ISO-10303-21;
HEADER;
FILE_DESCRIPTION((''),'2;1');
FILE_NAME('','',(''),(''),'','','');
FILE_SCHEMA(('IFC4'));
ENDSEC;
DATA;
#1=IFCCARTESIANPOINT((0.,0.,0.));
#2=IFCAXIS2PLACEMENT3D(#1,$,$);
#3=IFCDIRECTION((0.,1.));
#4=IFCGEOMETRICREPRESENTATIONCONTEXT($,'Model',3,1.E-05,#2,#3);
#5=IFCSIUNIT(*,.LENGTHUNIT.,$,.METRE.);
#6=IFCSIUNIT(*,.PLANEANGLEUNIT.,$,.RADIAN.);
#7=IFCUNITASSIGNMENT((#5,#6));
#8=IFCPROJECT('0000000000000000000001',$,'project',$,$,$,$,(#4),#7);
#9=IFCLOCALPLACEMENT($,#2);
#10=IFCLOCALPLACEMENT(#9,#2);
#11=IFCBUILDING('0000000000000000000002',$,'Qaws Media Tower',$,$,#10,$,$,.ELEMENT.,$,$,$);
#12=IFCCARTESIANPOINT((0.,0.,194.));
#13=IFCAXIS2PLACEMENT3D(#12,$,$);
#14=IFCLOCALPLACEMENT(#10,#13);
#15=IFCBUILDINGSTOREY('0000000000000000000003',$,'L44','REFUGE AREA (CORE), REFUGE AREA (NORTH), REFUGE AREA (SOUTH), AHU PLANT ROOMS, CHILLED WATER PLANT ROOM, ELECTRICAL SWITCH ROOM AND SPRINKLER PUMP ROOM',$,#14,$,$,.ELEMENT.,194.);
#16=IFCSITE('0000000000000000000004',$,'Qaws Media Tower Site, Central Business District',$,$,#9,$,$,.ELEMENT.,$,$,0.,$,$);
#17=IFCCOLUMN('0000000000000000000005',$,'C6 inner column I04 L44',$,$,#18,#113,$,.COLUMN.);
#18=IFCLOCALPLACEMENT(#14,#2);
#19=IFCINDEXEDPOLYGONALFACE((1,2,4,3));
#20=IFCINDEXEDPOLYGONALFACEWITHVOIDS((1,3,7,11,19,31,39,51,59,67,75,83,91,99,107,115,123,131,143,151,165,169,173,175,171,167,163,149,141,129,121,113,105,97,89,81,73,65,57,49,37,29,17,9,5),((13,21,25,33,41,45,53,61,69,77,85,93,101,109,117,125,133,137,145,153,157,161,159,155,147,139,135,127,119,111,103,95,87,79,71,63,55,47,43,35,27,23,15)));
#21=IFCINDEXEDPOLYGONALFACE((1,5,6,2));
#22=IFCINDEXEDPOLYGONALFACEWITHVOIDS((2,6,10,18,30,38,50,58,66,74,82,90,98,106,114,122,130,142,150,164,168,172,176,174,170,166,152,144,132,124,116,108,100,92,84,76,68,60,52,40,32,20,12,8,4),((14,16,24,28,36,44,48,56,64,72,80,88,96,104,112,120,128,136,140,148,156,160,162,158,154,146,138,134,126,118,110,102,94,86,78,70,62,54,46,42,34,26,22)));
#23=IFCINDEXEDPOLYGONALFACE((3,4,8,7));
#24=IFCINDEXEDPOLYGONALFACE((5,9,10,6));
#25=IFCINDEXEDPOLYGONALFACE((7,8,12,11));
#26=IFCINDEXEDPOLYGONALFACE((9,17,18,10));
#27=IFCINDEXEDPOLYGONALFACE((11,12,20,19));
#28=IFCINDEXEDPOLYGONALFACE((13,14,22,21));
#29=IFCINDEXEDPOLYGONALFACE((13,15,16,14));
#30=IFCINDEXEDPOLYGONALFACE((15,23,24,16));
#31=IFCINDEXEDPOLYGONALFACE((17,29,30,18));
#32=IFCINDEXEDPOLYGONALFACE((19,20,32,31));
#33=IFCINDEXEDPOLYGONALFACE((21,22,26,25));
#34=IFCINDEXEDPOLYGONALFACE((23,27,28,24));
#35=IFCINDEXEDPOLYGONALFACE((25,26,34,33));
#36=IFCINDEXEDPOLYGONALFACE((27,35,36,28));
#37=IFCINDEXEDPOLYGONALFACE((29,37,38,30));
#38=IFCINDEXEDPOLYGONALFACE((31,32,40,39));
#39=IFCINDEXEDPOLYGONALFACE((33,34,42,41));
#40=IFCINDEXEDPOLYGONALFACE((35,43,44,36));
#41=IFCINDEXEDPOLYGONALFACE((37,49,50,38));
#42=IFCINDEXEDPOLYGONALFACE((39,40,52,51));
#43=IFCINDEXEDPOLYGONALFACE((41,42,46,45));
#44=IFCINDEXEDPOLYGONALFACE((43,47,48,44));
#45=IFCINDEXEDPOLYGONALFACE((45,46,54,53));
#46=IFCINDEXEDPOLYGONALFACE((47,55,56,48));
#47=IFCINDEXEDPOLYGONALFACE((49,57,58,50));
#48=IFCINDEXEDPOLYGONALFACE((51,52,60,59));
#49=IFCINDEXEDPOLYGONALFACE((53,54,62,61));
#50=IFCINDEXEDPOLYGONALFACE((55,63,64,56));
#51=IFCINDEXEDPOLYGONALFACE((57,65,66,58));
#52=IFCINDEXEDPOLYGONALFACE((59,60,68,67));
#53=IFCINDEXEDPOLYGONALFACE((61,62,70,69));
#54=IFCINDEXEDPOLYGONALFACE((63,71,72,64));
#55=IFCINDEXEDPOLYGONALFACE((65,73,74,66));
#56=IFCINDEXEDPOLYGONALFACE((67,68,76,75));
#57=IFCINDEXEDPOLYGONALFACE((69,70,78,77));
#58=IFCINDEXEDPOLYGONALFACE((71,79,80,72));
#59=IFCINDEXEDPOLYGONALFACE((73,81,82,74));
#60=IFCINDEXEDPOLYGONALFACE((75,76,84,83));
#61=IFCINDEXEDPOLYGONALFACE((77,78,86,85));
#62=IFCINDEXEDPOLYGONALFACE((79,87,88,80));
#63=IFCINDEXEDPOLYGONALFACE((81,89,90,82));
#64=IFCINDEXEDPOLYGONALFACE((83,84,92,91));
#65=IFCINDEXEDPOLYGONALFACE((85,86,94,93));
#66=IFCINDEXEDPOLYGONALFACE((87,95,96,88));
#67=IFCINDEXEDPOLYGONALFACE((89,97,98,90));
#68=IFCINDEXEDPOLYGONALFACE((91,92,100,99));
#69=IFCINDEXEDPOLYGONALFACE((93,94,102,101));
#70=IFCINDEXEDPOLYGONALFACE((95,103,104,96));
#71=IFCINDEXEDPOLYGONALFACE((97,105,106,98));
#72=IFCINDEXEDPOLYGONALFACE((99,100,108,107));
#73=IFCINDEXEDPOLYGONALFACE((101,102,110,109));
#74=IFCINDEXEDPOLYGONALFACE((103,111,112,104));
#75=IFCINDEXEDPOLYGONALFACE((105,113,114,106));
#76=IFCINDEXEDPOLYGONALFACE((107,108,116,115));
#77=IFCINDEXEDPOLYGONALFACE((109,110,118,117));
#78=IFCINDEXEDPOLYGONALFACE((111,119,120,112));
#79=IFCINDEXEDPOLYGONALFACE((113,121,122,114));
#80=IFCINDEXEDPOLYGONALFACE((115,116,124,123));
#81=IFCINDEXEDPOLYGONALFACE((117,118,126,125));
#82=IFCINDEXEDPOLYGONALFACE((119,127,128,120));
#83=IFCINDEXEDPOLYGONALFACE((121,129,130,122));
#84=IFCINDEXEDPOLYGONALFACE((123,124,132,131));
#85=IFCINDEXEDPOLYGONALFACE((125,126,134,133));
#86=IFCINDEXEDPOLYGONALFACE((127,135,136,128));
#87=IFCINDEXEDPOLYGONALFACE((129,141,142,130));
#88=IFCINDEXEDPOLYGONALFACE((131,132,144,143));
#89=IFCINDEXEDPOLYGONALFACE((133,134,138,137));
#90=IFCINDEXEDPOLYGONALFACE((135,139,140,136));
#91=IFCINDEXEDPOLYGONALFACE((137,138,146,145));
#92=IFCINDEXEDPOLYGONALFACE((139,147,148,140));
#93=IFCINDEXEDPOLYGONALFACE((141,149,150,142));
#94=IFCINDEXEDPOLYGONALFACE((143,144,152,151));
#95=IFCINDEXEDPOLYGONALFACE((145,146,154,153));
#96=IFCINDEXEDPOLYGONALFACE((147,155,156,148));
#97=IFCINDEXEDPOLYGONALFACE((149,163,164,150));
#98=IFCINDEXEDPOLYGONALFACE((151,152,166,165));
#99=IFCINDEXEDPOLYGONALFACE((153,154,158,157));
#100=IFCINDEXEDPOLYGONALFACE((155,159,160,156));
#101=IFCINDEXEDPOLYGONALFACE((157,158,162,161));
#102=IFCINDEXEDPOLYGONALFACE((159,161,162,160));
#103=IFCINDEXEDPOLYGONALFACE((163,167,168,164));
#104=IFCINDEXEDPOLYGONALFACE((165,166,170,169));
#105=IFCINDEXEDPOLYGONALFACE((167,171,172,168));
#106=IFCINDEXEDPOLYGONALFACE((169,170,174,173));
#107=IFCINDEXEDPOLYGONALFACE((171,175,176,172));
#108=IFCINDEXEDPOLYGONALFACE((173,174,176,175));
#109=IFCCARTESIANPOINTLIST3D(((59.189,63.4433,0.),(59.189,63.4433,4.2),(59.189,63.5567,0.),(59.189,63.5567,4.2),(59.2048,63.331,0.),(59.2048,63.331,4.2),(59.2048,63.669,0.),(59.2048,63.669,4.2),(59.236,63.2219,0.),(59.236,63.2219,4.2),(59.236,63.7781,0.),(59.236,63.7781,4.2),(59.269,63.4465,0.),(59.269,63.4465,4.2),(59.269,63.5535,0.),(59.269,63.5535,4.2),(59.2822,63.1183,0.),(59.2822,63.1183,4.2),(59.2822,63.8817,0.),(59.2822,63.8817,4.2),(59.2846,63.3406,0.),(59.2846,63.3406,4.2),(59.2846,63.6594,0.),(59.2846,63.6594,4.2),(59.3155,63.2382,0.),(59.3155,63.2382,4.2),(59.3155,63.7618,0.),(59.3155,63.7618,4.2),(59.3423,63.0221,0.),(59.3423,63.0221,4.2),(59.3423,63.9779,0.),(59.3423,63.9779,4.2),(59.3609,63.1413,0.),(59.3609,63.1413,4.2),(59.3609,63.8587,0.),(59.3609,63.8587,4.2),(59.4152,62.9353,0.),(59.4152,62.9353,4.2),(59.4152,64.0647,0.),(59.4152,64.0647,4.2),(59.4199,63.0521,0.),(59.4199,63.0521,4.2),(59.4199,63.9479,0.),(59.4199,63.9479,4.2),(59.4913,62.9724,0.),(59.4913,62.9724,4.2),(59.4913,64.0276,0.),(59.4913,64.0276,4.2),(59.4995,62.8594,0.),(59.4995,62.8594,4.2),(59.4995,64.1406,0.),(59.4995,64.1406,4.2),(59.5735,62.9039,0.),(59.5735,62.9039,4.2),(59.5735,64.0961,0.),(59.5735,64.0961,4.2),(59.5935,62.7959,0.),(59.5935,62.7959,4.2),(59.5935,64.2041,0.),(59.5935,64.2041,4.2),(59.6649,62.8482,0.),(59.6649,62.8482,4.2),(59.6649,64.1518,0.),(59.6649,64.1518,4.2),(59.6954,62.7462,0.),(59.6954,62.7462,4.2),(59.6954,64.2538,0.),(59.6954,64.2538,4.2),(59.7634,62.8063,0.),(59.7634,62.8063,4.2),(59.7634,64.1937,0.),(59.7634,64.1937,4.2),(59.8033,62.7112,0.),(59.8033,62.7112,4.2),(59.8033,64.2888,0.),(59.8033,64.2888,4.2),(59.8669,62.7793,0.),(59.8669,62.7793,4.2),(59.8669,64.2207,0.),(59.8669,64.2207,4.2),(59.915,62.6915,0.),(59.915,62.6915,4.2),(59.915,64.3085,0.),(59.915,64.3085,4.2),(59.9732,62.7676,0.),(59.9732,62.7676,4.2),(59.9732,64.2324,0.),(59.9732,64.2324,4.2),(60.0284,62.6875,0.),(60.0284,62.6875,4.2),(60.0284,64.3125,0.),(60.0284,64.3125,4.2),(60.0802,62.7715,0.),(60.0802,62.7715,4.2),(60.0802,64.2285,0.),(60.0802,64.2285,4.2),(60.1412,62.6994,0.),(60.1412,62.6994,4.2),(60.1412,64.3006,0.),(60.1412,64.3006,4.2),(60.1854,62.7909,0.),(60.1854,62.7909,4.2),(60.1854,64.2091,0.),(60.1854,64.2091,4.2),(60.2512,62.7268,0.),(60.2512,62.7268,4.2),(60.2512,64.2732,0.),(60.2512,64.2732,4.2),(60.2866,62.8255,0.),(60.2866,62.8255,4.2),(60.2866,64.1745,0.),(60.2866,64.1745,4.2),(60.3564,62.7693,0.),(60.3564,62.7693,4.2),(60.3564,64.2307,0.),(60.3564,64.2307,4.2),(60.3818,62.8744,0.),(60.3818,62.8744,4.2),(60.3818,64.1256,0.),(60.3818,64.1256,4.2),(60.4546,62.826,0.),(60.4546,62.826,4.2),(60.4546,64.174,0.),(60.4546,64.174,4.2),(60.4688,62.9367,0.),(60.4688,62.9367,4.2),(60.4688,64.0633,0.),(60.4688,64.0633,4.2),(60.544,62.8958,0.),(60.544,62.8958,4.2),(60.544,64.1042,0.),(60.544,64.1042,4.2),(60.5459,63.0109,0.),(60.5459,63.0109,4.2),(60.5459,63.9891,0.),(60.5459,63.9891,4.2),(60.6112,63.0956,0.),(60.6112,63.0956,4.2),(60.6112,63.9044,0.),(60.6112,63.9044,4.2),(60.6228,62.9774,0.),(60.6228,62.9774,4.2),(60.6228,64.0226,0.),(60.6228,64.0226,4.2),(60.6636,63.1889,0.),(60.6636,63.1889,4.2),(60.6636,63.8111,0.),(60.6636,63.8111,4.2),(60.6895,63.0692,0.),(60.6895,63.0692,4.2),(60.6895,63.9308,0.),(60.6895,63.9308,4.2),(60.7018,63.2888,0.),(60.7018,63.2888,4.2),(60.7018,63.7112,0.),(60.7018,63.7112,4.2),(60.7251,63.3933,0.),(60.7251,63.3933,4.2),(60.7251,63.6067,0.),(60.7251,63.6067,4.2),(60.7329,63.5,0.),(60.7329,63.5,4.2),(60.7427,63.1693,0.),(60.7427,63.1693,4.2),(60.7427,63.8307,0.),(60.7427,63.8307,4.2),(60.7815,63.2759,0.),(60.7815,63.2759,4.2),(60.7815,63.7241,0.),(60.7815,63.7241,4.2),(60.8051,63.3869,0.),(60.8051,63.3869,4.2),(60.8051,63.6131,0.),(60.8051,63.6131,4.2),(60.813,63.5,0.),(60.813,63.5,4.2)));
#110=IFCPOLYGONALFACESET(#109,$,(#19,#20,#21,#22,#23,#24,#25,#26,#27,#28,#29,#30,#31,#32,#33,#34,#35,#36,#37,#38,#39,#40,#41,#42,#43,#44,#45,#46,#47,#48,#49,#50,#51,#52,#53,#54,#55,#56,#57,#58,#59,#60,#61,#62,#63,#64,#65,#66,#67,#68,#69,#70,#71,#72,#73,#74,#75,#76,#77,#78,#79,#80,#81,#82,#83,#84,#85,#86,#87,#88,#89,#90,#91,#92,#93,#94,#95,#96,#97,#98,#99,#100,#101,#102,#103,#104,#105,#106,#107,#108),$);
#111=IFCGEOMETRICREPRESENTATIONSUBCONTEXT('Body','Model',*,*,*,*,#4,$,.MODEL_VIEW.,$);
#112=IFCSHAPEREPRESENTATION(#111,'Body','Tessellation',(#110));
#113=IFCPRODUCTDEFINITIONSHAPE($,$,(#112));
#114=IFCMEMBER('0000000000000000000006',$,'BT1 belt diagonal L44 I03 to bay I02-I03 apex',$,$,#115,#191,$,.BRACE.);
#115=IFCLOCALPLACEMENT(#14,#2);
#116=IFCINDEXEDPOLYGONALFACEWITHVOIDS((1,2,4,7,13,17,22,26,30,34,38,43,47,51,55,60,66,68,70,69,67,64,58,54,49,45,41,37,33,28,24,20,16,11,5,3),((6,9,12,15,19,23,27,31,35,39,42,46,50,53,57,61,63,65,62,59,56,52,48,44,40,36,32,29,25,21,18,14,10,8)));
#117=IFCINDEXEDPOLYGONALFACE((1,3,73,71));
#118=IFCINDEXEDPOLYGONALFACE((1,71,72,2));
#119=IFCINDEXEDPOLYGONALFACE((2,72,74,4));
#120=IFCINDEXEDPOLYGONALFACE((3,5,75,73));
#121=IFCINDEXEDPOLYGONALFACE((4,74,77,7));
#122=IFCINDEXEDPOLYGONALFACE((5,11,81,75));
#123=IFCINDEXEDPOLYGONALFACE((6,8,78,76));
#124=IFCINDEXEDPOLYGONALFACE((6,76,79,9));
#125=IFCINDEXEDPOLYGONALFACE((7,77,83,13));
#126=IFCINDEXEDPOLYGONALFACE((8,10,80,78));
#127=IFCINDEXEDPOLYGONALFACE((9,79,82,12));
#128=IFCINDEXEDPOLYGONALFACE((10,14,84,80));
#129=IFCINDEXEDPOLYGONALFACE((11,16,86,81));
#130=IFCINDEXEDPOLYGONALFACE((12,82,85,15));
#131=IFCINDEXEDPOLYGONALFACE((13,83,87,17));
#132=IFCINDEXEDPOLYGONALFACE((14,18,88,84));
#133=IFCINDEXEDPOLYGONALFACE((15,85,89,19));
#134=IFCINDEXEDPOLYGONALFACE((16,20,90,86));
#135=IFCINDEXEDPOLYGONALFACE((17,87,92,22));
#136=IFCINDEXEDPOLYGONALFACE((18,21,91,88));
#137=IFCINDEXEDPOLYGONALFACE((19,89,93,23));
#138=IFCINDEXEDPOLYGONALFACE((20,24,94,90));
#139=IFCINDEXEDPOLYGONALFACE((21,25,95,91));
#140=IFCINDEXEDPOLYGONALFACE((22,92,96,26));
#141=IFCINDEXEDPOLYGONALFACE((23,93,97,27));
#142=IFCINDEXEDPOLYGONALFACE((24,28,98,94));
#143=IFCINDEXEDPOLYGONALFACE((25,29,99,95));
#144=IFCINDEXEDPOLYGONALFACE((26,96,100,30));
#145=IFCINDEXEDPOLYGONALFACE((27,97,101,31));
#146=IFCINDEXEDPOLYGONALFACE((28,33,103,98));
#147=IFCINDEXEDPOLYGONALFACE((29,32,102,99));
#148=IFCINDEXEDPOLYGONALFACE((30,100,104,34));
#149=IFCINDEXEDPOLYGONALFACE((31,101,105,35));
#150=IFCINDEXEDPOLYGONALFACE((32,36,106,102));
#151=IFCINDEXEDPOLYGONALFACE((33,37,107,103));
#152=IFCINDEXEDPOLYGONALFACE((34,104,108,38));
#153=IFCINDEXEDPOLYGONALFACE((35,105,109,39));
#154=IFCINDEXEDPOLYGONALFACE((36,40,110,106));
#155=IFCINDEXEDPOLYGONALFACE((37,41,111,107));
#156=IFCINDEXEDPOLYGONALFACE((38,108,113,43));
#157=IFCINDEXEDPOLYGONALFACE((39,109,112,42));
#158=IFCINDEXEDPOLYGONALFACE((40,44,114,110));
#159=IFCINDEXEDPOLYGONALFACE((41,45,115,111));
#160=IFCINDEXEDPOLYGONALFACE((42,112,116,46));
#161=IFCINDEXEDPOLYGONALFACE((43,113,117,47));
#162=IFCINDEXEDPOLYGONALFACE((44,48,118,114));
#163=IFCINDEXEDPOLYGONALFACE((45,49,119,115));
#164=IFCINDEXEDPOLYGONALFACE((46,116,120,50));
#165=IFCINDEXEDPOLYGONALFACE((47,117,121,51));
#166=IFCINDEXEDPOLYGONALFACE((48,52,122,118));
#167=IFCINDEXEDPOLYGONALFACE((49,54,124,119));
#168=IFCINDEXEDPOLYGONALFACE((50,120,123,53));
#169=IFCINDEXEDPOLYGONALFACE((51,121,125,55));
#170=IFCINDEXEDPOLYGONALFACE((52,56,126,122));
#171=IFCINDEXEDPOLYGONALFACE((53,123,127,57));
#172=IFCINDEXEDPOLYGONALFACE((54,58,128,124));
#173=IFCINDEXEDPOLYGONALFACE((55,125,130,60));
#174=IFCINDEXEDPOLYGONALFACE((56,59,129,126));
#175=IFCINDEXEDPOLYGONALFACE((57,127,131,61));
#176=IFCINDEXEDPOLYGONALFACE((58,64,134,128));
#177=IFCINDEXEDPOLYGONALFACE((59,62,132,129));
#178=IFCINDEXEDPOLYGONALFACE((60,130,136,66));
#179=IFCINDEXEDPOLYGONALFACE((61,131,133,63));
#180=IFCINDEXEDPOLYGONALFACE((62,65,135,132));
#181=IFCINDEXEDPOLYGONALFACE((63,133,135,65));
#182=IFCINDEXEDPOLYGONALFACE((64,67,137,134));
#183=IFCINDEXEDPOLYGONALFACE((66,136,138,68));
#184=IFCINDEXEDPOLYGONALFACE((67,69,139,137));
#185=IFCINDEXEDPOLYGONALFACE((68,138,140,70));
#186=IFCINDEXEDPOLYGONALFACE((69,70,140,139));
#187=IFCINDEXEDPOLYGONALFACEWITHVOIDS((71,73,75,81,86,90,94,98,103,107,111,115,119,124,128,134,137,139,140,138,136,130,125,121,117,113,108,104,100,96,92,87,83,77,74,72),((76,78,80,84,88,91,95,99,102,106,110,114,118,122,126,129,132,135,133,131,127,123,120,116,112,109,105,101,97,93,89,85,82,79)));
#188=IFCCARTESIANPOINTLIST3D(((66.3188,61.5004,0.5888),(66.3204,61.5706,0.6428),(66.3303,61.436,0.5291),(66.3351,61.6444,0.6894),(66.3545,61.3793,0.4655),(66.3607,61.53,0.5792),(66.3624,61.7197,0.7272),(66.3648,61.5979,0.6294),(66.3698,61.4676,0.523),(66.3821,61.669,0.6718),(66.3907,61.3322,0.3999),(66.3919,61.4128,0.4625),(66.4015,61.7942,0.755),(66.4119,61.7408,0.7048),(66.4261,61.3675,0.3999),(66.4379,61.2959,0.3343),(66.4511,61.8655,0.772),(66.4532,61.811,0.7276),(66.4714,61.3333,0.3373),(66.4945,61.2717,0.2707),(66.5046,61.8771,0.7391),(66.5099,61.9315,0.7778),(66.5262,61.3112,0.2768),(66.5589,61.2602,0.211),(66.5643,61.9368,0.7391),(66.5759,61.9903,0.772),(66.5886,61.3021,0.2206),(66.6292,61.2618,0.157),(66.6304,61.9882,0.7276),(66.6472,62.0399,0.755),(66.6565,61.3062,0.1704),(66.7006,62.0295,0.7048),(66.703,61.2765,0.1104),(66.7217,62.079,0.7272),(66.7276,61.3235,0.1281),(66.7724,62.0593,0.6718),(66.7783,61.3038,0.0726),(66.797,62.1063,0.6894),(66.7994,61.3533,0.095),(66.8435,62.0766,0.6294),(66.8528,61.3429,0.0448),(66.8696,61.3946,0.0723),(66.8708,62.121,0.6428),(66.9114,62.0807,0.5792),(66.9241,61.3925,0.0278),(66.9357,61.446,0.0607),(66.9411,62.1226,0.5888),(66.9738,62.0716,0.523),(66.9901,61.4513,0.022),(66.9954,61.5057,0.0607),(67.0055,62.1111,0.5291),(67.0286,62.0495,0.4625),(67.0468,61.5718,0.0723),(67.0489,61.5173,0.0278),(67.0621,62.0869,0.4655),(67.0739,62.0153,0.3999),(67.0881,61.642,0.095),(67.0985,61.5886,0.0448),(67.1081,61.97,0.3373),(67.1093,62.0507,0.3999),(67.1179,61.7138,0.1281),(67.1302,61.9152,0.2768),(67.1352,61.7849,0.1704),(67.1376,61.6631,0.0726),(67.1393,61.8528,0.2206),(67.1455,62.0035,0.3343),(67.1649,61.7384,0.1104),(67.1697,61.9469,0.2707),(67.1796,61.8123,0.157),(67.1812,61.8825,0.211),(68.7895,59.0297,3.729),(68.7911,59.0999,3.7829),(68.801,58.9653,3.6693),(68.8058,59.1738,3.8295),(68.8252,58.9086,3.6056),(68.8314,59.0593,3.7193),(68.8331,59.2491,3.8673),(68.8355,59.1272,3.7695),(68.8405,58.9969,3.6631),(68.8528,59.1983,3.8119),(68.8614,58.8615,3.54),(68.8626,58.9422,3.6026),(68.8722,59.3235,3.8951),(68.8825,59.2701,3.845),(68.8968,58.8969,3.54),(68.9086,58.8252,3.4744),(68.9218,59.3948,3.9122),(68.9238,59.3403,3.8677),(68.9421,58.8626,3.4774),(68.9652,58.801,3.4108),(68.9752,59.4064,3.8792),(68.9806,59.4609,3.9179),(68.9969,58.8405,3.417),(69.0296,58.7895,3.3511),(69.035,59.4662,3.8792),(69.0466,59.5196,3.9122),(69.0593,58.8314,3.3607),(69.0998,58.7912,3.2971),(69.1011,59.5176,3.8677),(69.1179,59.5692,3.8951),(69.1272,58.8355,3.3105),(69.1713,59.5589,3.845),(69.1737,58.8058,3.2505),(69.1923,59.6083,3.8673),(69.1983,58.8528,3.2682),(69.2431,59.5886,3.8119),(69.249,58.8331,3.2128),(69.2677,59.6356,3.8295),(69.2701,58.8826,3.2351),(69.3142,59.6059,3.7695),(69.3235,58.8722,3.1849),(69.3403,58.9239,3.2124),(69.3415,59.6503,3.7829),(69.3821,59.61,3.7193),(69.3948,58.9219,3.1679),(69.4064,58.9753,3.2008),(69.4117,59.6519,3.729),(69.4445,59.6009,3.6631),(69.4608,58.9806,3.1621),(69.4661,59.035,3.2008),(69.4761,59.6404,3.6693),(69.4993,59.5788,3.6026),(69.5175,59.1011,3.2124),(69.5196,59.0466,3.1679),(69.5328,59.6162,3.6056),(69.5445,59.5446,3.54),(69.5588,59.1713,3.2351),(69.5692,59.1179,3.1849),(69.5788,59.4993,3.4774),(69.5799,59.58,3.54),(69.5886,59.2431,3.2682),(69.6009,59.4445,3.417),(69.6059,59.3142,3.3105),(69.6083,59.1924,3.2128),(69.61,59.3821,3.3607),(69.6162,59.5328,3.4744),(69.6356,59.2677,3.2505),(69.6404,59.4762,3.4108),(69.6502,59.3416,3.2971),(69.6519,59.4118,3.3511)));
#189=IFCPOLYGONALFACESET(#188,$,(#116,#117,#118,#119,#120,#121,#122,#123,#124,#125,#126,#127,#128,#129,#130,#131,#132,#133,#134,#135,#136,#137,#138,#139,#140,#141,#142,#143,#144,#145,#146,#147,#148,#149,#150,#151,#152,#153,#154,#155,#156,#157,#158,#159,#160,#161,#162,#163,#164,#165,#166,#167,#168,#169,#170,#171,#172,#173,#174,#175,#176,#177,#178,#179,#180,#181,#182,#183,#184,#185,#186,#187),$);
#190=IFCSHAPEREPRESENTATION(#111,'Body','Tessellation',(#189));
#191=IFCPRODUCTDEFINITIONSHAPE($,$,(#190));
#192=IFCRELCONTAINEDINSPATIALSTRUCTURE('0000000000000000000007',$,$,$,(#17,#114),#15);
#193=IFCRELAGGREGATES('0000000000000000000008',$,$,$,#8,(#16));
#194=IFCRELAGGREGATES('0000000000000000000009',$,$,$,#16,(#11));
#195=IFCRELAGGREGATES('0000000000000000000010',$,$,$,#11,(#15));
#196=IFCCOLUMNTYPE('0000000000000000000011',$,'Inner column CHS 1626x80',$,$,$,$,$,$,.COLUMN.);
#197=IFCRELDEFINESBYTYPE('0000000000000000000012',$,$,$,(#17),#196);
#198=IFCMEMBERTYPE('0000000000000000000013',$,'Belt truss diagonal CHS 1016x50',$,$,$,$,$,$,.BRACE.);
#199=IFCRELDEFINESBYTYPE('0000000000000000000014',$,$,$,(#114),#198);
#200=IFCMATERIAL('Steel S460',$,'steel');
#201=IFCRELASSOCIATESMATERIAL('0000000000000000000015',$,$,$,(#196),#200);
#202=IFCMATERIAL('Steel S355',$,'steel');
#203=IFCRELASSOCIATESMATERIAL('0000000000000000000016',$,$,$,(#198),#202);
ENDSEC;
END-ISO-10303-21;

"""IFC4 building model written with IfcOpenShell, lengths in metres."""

from ifc_helpers import new_model, si_unit, direction, frame, origin, origin_2d, place, context, subcontext, project, spatial, hollow_circle, extrude, material, material_profile, profile_set, type_object, element, save


model = new_model("IFC4")

# Units and contexts
model_context = context("Model", 3, precision=1e-05, world=origin(), true_north=direction((0.0, 1.0)))
body_context = subcontext(model_context, "Body", "Model", "MODEL_VIEW")
ifc_project = project(units=[si_unit("LENGTHUNIT", "METRE"), si_unit("PLANEANGLEUNIT", "RADIAN")], contexts=[model_context])

# Site, building, storey
site_placement = place(None, origin())
site = spatial("IfcSite", under=ifc_project, at=site_placement, Name="Qaws Media Tower Site, Central Business District", CompositionType="ELEMENT", RefElevation=0.0)
building_placement = place(site_placement, origin())
building = spatial("IfcBuilding", under=site, at=building_placement, Name="Qaws Media Tower", CompositionType="ELEMENT")
storey_placement = place(building_placement, frame((0.0, 0.0, 194.0)))
storey = spatial("IfcBuildingStorey", under=building, at=storey_placement, Name="L44", Description="REFUGE AREA (CORE), REFUGE AREA (NORTH), REFUGE AREA (SOUTH), AHU PLANT ROOMS, CHILLED WATER PLANT ROOM, ELECTRICAL SWITCH ROOM AND SPRINKLER PUMP ROOM", CompositionType="ELEMENT", Elevation=194.0)

# Column
ifc_material_1 = material(Name="Steel S460", Category="steel")
ifc_material_profile_1 = material_profile(ifc_material_1, hollow_circle(Radius=0.813, WallThickness=0.0801, at=origin_2d()), Name="CHS 1626x80")
ifc_profile_set_1 = profile_set([ifc_material_profile_1], Name="Steel S460")
column_type = type_object("IfcColumnType", Name="Inner column CHS 1626x80", PredefinedType="COLUMN", material=ifc_profile_set_1)
column_placement = place(storey_placement, frame((60.0, 63.5, 0.0), z_axis=(0.0, 0.0, 1.0), x_axis=(1.0, 0.0, 0.0)))
element("IfcColumn", 1, at=column_placement, inside=storey, type_object=column_type, Name="C6 inner column I04 L44", PredefinedType="COLUMN", context=body_context, shape_type="SweptSolid", body=[
    extrude(hollow_circle(Radius=0.813, WallThickness=0.0801, at=origin_2d()), origin(), (0.0, 0.0, 1.0), 4.2),
])

# Member
ifc_material_2 = material(Name="Steel S355", Category="steel")
ifc_material_profile_2 = material_profile(ifc_material_2, hollow_circle(Radius=0.5081, WallThickness=0.05, at=origin_2d()), Name="CHS 1016x50")
ifc_profile_set_2 = profile_set([ifc_material_profile_2], Name="Steel S355")
member_type_1 = type_object("IfcMemberType", Name="Belt truss diagonal CHS 1016x50", PredefinedType="BRACE", material=ifc_profile_set_2)
for number, where, z_axis, x_axis, name in (
    (2, (66.75, 61.6914, 0.3999), (0.525929, -0.525929, 0.668429), (0.707107, 0.707107, 0.0), "BT1 belt diagonal L44 I03 to bay I02-I03 apex"),
):
    element("IfcMember", number, at=place(storey_placement, frame(where, z_axis=z_axis, x_axis=x_axis)), inside=storey, type_object=member_type_1, Name=name, PredefinedType="BRACE", context=body_context, shape_type="SweptSolid", body=[
        extrude(hollow_circle(Radius=0.5081, WallThickness=0.05, at=origin_2d()), origin(), (0.0, 0.0, 1.0), 4.6978),
    ])

save(model, "model.ifc")
